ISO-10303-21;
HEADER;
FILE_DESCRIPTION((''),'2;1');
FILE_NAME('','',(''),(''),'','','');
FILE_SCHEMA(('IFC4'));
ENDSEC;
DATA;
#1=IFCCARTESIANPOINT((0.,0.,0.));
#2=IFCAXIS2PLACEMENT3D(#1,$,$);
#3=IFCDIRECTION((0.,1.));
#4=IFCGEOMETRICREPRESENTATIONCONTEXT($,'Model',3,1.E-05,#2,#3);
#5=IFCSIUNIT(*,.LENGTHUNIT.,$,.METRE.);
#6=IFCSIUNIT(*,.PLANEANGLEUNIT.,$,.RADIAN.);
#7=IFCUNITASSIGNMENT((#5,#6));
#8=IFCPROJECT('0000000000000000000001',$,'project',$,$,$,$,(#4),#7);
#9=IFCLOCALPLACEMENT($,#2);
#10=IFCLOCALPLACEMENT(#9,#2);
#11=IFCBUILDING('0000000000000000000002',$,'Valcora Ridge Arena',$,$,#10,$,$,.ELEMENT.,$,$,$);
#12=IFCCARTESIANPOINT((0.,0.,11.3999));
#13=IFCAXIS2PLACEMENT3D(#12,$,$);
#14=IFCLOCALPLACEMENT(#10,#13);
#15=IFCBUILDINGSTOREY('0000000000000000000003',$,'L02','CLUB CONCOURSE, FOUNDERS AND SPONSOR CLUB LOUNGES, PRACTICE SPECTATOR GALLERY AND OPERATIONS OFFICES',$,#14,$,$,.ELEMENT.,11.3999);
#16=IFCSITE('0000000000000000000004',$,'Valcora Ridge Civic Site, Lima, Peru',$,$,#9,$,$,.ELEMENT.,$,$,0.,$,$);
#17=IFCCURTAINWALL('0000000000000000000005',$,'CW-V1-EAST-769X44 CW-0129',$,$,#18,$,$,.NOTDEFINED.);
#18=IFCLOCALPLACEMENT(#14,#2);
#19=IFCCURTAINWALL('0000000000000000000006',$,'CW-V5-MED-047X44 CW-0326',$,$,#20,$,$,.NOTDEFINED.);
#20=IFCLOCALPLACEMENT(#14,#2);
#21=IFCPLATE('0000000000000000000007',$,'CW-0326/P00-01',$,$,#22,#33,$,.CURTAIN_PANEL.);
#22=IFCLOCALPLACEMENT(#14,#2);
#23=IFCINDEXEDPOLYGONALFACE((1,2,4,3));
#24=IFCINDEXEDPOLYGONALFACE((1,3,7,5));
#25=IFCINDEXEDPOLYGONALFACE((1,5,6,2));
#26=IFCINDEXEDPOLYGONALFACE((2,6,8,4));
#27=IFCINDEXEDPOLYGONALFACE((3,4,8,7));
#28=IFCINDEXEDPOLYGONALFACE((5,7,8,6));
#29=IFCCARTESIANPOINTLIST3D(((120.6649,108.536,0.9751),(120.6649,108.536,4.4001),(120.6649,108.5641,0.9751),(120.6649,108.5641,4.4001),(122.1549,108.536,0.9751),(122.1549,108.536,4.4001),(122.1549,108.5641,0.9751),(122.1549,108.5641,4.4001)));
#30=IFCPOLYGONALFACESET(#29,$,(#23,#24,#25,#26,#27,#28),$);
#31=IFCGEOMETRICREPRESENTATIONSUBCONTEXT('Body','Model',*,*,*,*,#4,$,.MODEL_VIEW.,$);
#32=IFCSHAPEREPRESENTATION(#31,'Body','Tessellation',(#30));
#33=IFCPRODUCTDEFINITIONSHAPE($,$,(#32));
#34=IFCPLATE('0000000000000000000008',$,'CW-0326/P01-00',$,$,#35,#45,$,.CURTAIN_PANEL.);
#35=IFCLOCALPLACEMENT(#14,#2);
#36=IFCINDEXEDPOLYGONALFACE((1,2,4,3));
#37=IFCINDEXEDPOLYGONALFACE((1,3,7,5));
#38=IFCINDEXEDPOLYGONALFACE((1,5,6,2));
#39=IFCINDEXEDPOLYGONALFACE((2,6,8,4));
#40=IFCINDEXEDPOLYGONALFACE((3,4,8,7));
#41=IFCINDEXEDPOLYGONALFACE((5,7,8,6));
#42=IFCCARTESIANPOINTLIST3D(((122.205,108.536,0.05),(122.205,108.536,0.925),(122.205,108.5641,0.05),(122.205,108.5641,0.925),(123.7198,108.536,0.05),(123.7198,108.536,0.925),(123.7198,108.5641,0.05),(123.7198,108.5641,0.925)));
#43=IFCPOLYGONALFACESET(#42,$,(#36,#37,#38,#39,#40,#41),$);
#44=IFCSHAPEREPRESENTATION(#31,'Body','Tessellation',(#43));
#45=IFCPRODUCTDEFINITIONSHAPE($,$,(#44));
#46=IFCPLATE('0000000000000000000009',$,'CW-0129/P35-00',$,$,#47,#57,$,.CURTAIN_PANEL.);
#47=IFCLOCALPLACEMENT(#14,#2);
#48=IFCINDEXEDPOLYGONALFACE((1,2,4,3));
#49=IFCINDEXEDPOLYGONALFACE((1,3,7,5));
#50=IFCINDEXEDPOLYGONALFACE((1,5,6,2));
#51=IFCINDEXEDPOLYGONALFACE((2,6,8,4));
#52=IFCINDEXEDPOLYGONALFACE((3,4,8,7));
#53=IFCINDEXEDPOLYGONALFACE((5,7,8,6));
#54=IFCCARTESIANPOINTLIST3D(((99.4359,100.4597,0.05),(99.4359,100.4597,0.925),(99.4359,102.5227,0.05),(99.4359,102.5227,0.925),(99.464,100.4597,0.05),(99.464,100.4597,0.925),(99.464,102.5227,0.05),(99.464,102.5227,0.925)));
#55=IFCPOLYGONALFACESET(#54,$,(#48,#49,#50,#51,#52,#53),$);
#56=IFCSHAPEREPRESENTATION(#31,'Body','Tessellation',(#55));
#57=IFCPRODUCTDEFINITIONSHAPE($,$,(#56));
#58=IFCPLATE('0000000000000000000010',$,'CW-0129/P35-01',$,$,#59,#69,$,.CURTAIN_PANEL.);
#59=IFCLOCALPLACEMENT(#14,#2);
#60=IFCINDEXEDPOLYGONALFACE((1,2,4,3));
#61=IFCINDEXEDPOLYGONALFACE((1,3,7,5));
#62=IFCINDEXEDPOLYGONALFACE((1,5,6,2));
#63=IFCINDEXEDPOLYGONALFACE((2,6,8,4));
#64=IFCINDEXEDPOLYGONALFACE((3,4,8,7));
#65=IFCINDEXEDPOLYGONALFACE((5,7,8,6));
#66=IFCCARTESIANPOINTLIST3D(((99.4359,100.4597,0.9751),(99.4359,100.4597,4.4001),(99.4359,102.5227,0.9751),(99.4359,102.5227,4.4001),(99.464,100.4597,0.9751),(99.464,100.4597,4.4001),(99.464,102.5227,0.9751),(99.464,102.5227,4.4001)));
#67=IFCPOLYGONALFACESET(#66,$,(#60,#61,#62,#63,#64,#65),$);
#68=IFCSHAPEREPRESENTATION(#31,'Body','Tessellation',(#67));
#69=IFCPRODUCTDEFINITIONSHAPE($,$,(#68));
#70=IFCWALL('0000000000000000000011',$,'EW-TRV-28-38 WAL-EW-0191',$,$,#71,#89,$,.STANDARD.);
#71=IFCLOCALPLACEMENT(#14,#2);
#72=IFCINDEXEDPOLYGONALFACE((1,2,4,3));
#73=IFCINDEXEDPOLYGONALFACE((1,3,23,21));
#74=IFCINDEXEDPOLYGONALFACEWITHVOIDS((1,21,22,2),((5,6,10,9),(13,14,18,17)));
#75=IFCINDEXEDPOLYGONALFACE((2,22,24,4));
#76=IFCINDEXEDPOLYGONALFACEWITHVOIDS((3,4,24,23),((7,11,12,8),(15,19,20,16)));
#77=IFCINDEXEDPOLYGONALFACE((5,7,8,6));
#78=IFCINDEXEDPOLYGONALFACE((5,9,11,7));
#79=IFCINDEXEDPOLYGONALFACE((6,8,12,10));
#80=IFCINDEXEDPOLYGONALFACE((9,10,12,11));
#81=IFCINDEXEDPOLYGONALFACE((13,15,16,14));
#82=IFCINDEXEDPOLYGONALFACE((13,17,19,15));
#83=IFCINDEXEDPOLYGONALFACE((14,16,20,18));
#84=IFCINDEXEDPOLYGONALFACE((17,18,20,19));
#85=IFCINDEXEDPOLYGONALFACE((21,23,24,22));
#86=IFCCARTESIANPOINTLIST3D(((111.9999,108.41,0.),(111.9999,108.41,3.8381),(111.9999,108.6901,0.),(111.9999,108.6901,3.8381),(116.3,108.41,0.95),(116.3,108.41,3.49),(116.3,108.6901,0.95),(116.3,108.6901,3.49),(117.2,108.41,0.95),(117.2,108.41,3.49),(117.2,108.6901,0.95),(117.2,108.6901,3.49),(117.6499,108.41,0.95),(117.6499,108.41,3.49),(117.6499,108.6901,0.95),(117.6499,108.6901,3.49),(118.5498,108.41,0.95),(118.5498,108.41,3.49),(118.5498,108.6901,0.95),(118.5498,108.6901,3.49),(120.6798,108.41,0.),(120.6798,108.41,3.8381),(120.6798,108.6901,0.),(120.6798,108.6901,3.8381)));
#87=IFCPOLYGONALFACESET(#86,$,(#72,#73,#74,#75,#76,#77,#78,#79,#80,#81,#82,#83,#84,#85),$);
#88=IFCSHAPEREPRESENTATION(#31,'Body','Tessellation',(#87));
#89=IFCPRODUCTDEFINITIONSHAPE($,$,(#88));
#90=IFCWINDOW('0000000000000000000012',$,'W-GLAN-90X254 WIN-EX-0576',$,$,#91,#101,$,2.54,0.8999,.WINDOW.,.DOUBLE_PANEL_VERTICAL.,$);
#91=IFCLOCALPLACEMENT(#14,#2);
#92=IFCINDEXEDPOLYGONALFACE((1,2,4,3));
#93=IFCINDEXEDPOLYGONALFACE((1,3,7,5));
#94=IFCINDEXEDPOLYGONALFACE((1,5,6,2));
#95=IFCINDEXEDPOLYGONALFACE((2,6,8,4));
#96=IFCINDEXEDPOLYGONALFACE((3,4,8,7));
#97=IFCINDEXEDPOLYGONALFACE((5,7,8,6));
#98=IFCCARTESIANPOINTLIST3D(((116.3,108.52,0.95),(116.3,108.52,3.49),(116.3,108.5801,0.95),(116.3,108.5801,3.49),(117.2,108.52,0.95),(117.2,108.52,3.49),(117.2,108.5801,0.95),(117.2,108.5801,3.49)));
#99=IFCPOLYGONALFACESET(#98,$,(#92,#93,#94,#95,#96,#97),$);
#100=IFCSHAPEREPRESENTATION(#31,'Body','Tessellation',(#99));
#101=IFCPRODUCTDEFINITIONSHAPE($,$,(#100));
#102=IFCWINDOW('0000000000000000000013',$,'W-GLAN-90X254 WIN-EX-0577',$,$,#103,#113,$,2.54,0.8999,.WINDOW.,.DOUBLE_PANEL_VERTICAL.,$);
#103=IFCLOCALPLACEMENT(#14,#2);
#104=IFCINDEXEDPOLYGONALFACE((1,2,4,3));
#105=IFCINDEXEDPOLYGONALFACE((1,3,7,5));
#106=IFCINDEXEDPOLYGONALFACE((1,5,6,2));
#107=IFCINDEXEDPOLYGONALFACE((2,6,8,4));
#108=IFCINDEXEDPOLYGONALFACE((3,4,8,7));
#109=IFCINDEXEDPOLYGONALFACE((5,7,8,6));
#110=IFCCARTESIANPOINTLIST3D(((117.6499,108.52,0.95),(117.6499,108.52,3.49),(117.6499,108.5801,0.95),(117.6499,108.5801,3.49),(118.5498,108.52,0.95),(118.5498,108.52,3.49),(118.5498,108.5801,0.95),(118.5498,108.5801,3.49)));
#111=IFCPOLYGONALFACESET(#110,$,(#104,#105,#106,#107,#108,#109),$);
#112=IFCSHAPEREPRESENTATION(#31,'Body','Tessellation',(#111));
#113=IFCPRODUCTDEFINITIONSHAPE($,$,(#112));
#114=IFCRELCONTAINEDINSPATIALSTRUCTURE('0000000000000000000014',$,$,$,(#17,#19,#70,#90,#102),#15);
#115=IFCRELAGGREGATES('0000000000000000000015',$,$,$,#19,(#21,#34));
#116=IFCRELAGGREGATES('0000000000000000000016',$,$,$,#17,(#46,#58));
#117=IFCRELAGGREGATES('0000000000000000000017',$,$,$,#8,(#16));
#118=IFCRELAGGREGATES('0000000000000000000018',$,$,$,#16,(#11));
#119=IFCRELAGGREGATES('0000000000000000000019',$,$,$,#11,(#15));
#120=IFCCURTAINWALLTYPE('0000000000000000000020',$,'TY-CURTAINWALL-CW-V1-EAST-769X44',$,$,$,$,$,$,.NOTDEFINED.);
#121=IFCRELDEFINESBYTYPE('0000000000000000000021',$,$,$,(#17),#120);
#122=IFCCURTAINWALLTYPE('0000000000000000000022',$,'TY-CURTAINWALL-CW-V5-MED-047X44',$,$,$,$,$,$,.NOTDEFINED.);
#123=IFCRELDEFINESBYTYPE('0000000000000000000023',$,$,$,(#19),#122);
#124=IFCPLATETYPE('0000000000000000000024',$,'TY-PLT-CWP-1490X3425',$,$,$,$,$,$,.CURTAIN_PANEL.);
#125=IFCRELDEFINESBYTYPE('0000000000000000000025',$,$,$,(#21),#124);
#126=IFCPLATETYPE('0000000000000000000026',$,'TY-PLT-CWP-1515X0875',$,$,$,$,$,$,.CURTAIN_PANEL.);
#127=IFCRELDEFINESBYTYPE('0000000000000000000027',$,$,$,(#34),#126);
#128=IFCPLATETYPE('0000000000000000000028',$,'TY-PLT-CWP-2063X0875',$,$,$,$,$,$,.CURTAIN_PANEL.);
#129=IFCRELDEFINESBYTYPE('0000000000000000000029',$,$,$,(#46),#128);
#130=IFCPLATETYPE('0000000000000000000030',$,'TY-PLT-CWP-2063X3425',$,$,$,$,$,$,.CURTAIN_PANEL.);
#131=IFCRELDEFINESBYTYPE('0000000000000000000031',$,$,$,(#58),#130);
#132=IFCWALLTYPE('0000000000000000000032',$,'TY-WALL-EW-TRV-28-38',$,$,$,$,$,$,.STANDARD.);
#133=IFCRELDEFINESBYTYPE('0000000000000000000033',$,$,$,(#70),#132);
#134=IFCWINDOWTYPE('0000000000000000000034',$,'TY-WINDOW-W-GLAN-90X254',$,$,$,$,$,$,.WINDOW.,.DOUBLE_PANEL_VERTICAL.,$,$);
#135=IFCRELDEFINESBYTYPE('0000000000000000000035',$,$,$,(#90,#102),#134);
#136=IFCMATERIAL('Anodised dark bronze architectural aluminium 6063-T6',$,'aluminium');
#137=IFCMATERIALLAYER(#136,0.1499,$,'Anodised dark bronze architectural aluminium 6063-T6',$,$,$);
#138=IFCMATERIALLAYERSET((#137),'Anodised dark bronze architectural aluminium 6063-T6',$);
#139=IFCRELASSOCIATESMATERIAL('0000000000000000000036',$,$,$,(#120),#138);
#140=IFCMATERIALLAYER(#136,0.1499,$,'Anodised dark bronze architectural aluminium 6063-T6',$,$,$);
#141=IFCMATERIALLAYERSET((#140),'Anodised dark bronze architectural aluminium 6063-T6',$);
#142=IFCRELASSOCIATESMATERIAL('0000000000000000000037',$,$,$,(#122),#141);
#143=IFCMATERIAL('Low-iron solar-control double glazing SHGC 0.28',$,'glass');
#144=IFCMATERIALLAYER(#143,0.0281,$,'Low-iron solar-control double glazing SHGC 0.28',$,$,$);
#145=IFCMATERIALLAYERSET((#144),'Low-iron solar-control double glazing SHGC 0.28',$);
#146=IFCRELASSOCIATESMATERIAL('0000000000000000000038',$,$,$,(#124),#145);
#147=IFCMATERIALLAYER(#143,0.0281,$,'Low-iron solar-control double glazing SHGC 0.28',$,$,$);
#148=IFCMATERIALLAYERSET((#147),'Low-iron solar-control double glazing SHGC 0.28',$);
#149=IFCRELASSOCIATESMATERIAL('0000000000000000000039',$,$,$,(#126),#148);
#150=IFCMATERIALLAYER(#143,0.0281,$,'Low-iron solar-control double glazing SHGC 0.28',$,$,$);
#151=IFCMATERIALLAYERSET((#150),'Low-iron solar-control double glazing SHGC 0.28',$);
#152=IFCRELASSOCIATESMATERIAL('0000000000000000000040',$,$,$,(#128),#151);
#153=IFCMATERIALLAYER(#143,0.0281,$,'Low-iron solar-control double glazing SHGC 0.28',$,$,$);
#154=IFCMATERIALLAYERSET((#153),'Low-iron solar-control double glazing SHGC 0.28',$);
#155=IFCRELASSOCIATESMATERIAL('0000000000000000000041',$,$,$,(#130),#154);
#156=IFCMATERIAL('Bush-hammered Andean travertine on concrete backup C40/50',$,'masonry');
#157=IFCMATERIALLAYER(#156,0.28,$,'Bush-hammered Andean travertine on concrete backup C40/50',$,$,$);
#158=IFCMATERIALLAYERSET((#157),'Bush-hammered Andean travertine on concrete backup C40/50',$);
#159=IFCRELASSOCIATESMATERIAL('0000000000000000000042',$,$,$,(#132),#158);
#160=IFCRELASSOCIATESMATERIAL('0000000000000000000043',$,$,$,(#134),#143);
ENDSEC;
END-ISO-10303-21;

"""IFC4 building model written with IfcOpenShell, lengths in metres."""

from ifc_helpers import new_model, si_unit, direction, frame, frame_2d, origin, origin_2d, place, context, subcontext, project, spatial, rectangle, extrude, material, layer, layer_set, type_object, element, fill, aggregate, save


model = new_model("IFC4")

# Units and contexts
model_context = context("Model", 3, precision=1e-05, world=origin(), true_north=direction((0.0, 1.0)))
body_context = subcontext(model_context, "Body", "Model", "MODEL_VIEW")
ifc_project = project(units=[si_unit("LENGTHUNIT", "METRE"), si_unit("PLANEANGLEUNIT", "RADIAN")], contexts=[model_context])

# Site, building, storey
site_placement = place(None, origin())
site = spatial("IfcSite", under=ifc_project, at=site_placement, Name="Valcora Ridge Civic Site, Lima, Peru", CompositionType="ELEMENT", RefElevation=0.0)
building_placement = place(site_placement, origin())
building = spatial("IfcBuilding", under=site, at=building_placement, Name="Valcora Ridge Arena", CompositionType="ELEMENT")
storey_placement = place(building_placement, frame((0.0, 0.0, 11.3999)))
storey = spatial("IfcBuildingStorey", under=building, at=storey_placement, Name="L02", Description="CLUB CONCOURSE, FOUNDERS AND SPONSOR CLUB LOUNGES, PRACTICE SPECTATOR GALLERY AND OPERATIONS OFFICES", CompositionType="ELEMENT", Elevation=11.3999)

# Curtain wall
ifc_material_1 = material(Name="Anodised dark bronze architectural aluminium 6063-T6", Category="aluminium")
ifc_layer_1 = layer(ifc_material_1, 0.1499, Name="Anodised dark bronze architectural aluminium 6063-T6")
ifc_layer_set_1 = layer_set([ifc_layer_1], Name="Anodised dark bronze architectural aluminium 6063-T6")
curtain_wall_type_1 = type_object("IfcCurtainWallType", Name="TY-CURTAINWALL-CW-V1-EAST-769X44", PredefinedType="NOTDEFINED", material=ifc_layer_set_1)
curtain_wall_1_placement = place(storey_placement, origin())
curtain_wall_1 = element("IfcCurtainWall", 1, at=curtain_wall_1_placement, inside=storey, type_object=curtain_wall_type_1, Name="CW-V1-EAST-769X44 CW-0129", PredefinedType="NOTDEFINED")

# Curtain wall
ifc_layer_2 = layer(ifc_material_1, 0.1499, Name="Anodised dark bronze architectural aluminium 6063-T6")
ifc_layer_set_2 = layer_set([ifc_layer_2], Name="Anodised dark bronze architectural aluminium 6063-T6")
curtain_wall_type_2 = type_object("IfcCurtainWallType", Name="TY-CURTAINWALL-CW-V5-MED-047X44", PredefinedType="NOTDEFINED", material=ifc_layer_set_2)
curtain_wall_2_placement = place(storey_placement, origin())
curtain_wall_2 = element("IfcCurtainWall", 2, at=curtain_wall_2_placement, inside=storey, type_object=curtain_wall_type_2, Name="CW-V5-MED-047X44 CW-0326", PredefinedType="NOTDEFINED")

# Plates
ifc_material_2 = material(Name="Low-iron solar-control double glazing SHGC 0.28", Category="glass")
ifc_layer_3 = layer(ifc_material_2, 0.0281, Name="Low-iron solar-control double glazing SHGC 0.28")
ifc_layer_set_3 = layer_set([ifc_layer_3], Name="Low-iron solar-control double glazing SHGC 0.28")
plate_type_1 = type_object("IfcPlateType", Name="TY-PLT-CWP-1490X3425", PredefinedType="CURTAIN_PANEL", material=ifc_layer_set_3)
plate_1_placement = place(storey_placement, frame((121.4099, 108.55, 0.9751), z_axis=(0.0, 0.0, 1.0), x_axis=(1.0, 0.0, 0.0)))
plate_1 = element("IfcPlate", 3, at=plate_1_placement, type_object=plate_type_1, Name="CW-0326/P00-01", PredefinedType="CURTAIN_PANEL", context=body_context, shape_type="SweptSolid", body=[
    extrude(rectangle(XDim=1.49, YDim=0.0281, at=origin_2d()), origin(), (0.0, 0.0, 1.0), 3.425),
])
ifc_layer_4 = layer(ifc_material_2, 0.0281, Name="Low-iron solar-control double glazing SHGC 0.28")
ifc_layer_set_4 = layer_set([ifc_layer_4], Name="Low-iron solar-control double glazing SHGC 0.28")
plate_type_2 = type_object("IfcPlateType", Name="TY-PLT-CWP-1515X0875", PredefinedType="CURTAIN_PANEL", material=ifc_layer_set_4)
plate_2_placement = place(storey_placement, frame((122.9624, 108.55, 0.05), z_axis=(0.0, 0.0, 1.0), x_axis=(1.0, 0.0, 0.0)))
plate_2 = element("IfcPlate", 4, at=plate_2_placement, type_object=plate_type_2, Name="CW-0326/P01-00", PredefinedType="CURTAIN_PANEL", context=body_context, shape_type="SweptSolid", body=[
    extrude(rectangle(XDim=1.5149, YDim=0.0281, at=origin_2d()), origin(), (0.0, 0.0, 1.0), 0.875),
])
aggregate(curtain_wall_2, [plate_1, plate_2])
ifc_layer_5 = layer(ifc_material_2, 0.0281, Name="Low-iron solar-control double glazing SHGC 0.28")
ifc_layer_set_5 = layer_set([ifc_layer_5], Name="Low-iron solar-control double glazing SHGC 0.28")
plate_type_3 = type_object("IfcPlateType", Name="TY-PLT-CWP-2063X0875", PredefinedType="CURTAIN_PANEL", material=ifc_layer_set_5)
plate_3_placement = place(storey_placement, frame((99.45, 101.4912, 0.05), z_axis=(0.0, 0.0, 1.0), x_axis=(0.0, 1.0, 0.0)))
plate_3 = element("IfcPlate", 5, at=plate_3_placement, type_object=plate_type_3, Name="CW-0129/P35-00", PredefinedType="CURTAIN_PANEL", context=body_context, shape_type="SweptSolid", body=[
    extrude(rectangle(XDim=2.063, YDim=0.0281, at=origin_2d()), origin(), (0.0, 0.0, 1.0), 0.875),
])
ifc_layer_6 = layer(ifc_material_2, 0.0281, Name="Low-iron solar-control double glazing SHGC 0.28")
ifc_layer_set_6 = layer_set([ifc_layer_6], Name="Low-iron solar-control double glazing SHGC 0.28")
plate_type_4 = type_object("IfcPlateType", Name="TY-PLT-CWP-2063X3425", PredefinedType="CURTAIN_PANEL", material=ifc_layer_set_6)
plate_4_placement = place(storey_placement, frame((99.45, 101.4912, 0.9751), z_axis=(0.0, 0.0, 1.0), x_axis=(0.0, 1.0, 0.0)))
plate_4 = element("IfcPlate", 6, at=plate_4_placement, type_object=plate_type_4, Name="CW-0129/P35-01", PredefinedType="CURTAIN_PANEL", context=body_context, shape_type="SweptSolid", body=[
    extrude(rectangle(XDim=2.063, YDim=0.0281, at=origin_2d()), origin(), (0.0, 0.0, 1.0), 3.425),
])
aggregate(curtain_wall_1, [plate_3, plate_4])

# Wall, openings, windows
ifc_material_3 = material(Name="Bush-hammered Andean travertine on concrete backup C40/50", Category="masonry")
ifc_layer_7 = layer(ifc_material_3, 0.28, Name="Bush-hammered Andean travertine on concrete backup C40/50")
ifc_layer_set_7 = layer_set([ifc_layer_7], Name="Bush-hammered Andean travertine on concrete backup C40/50")
wall_type = type_object("IfcWallType", Name="TY-WALL-EW-TRV-28-38", PredefinedType="STANDARD", material=ifc_layer_set_7)
wall_placement = place(storey_placement, frame((112.0, 108.55, 0.0), z_axis=(0.0, 0.0, 1.0), x_axis=(1.0, 0.0, 0.0)))
wall = element("IfcWall", 7, at=wall_placement, inside=storey, type_object=wall_type, Name="EW-TRV-28-38 WAL-EW-0191", PredefinedType="STANDARD", context=body_context, shape_type="SweptSolid", body=[
    extrude(rectangle(XDim=8.6799, YDim=0.28, at=frame_2d((4.3398, 0.0))), origin(), (0.0, 0.0, 1.0), 3.8381),
])
opening_1_placement = place(wall_placement, frame((4.3, 0.0, 0.95)))
opening_1 = element("IfcOpeningElement", 8, at=opening_1_placement, cuts=wall, PredefinedType="OPENING", context=body_context, shape_type="SweptSolid", body=[
    extrude(rectangle(XDim=0.8999, YDim=2.54, at=frame_2d((0.45, 1.27))), frame((0.0, 0.1499, 0.0), z_axis=(0.0, -1.0, 0.0), x_axis=(1.0, 0.0, 0.0)), (0.0, 0.0, 1.0), 0.3),
])
opening_2_placement = place(wall_placement, frame((5.6499, 0.0, 0.95)))
opening_2 = element("IfcOpeningElement", 9, at=opening_2_placement, cuts=wall, PredefinedType="OPENING", context=body_context, shape_type="SweptSolid", body=[
    extrude(rectangle(XDim=0.8999, YDim=2.54, at=frame_2d((0.45, 1.27))), frame((0.0, 0.1499, 0.0), z_axis=(0.0, -1.0, 0.0), x_axis=(1.0, 0.0, 0.0)), (0.0, 0.0, 1.0), 0.3),
])
window_type = type_object("IfcWindowType", Name="TY-WINDOW-W-GLAN-90X254", PartitioningType="DOUBLE_PANEL_VERTICAL", PredefinedType="WINDOW", material=ifc_material_2)
window_1_placement = place(opening_1_placement, origin())
window_1 = element("IfcWindow", 10, at=window_1_placement, inside=storey, type_object=window_type, Name="W-GLAN-90X254 WIN-EX-0576", OverallHeight=2.54, OverallWidth=0.8999, PartitioningType="DOUBLE_PANEL_VERTICAL", PredefinedType="WINDOW", context=body_context, shape_type="SweptSolid", body=[
    extrude(rectangle(XDim=0.8999, YDim=2.54, at=frame_2d((0.45, 1.27))), frame((0.0, 0.03, 0.0), z_axis=(0.0, -1.0, 0.0), x_axis=(1.0, 0.0, 0.0)), (0.0, 0.0, 1.0), 0.0601),
])
fill(opening_1, window_1)
window_2_placement = place(opening_2_placement, origin())
window_2 = element("IfcWindow", 11, at=window_2_placement, inside=storey, type_object=window_type, Name="W-GLAN-90X254 WIN-EX-0577", OverallHeight=2.54, OverallWidth=0.8999, PartitioningType="DOUBLE_PANEL_VERTICAL", PredefinedType="WINDOW", context=body_context, shape_type="SweptSolid", body=[
    extrude(rectangle(XDim=0.8999, YDim=2.54, at=frame_2d((0.45, 1.27))), frame((0.0, 0.03, 0.0), z_axis=(0.0, -1.0, 0.0), x_axis=(1.0, 0.0, 0.0)), (0.0, 0.0, 1.0), 0.0601),
])
fill(opening_2, window_2)

save(model, "model.ifc")
